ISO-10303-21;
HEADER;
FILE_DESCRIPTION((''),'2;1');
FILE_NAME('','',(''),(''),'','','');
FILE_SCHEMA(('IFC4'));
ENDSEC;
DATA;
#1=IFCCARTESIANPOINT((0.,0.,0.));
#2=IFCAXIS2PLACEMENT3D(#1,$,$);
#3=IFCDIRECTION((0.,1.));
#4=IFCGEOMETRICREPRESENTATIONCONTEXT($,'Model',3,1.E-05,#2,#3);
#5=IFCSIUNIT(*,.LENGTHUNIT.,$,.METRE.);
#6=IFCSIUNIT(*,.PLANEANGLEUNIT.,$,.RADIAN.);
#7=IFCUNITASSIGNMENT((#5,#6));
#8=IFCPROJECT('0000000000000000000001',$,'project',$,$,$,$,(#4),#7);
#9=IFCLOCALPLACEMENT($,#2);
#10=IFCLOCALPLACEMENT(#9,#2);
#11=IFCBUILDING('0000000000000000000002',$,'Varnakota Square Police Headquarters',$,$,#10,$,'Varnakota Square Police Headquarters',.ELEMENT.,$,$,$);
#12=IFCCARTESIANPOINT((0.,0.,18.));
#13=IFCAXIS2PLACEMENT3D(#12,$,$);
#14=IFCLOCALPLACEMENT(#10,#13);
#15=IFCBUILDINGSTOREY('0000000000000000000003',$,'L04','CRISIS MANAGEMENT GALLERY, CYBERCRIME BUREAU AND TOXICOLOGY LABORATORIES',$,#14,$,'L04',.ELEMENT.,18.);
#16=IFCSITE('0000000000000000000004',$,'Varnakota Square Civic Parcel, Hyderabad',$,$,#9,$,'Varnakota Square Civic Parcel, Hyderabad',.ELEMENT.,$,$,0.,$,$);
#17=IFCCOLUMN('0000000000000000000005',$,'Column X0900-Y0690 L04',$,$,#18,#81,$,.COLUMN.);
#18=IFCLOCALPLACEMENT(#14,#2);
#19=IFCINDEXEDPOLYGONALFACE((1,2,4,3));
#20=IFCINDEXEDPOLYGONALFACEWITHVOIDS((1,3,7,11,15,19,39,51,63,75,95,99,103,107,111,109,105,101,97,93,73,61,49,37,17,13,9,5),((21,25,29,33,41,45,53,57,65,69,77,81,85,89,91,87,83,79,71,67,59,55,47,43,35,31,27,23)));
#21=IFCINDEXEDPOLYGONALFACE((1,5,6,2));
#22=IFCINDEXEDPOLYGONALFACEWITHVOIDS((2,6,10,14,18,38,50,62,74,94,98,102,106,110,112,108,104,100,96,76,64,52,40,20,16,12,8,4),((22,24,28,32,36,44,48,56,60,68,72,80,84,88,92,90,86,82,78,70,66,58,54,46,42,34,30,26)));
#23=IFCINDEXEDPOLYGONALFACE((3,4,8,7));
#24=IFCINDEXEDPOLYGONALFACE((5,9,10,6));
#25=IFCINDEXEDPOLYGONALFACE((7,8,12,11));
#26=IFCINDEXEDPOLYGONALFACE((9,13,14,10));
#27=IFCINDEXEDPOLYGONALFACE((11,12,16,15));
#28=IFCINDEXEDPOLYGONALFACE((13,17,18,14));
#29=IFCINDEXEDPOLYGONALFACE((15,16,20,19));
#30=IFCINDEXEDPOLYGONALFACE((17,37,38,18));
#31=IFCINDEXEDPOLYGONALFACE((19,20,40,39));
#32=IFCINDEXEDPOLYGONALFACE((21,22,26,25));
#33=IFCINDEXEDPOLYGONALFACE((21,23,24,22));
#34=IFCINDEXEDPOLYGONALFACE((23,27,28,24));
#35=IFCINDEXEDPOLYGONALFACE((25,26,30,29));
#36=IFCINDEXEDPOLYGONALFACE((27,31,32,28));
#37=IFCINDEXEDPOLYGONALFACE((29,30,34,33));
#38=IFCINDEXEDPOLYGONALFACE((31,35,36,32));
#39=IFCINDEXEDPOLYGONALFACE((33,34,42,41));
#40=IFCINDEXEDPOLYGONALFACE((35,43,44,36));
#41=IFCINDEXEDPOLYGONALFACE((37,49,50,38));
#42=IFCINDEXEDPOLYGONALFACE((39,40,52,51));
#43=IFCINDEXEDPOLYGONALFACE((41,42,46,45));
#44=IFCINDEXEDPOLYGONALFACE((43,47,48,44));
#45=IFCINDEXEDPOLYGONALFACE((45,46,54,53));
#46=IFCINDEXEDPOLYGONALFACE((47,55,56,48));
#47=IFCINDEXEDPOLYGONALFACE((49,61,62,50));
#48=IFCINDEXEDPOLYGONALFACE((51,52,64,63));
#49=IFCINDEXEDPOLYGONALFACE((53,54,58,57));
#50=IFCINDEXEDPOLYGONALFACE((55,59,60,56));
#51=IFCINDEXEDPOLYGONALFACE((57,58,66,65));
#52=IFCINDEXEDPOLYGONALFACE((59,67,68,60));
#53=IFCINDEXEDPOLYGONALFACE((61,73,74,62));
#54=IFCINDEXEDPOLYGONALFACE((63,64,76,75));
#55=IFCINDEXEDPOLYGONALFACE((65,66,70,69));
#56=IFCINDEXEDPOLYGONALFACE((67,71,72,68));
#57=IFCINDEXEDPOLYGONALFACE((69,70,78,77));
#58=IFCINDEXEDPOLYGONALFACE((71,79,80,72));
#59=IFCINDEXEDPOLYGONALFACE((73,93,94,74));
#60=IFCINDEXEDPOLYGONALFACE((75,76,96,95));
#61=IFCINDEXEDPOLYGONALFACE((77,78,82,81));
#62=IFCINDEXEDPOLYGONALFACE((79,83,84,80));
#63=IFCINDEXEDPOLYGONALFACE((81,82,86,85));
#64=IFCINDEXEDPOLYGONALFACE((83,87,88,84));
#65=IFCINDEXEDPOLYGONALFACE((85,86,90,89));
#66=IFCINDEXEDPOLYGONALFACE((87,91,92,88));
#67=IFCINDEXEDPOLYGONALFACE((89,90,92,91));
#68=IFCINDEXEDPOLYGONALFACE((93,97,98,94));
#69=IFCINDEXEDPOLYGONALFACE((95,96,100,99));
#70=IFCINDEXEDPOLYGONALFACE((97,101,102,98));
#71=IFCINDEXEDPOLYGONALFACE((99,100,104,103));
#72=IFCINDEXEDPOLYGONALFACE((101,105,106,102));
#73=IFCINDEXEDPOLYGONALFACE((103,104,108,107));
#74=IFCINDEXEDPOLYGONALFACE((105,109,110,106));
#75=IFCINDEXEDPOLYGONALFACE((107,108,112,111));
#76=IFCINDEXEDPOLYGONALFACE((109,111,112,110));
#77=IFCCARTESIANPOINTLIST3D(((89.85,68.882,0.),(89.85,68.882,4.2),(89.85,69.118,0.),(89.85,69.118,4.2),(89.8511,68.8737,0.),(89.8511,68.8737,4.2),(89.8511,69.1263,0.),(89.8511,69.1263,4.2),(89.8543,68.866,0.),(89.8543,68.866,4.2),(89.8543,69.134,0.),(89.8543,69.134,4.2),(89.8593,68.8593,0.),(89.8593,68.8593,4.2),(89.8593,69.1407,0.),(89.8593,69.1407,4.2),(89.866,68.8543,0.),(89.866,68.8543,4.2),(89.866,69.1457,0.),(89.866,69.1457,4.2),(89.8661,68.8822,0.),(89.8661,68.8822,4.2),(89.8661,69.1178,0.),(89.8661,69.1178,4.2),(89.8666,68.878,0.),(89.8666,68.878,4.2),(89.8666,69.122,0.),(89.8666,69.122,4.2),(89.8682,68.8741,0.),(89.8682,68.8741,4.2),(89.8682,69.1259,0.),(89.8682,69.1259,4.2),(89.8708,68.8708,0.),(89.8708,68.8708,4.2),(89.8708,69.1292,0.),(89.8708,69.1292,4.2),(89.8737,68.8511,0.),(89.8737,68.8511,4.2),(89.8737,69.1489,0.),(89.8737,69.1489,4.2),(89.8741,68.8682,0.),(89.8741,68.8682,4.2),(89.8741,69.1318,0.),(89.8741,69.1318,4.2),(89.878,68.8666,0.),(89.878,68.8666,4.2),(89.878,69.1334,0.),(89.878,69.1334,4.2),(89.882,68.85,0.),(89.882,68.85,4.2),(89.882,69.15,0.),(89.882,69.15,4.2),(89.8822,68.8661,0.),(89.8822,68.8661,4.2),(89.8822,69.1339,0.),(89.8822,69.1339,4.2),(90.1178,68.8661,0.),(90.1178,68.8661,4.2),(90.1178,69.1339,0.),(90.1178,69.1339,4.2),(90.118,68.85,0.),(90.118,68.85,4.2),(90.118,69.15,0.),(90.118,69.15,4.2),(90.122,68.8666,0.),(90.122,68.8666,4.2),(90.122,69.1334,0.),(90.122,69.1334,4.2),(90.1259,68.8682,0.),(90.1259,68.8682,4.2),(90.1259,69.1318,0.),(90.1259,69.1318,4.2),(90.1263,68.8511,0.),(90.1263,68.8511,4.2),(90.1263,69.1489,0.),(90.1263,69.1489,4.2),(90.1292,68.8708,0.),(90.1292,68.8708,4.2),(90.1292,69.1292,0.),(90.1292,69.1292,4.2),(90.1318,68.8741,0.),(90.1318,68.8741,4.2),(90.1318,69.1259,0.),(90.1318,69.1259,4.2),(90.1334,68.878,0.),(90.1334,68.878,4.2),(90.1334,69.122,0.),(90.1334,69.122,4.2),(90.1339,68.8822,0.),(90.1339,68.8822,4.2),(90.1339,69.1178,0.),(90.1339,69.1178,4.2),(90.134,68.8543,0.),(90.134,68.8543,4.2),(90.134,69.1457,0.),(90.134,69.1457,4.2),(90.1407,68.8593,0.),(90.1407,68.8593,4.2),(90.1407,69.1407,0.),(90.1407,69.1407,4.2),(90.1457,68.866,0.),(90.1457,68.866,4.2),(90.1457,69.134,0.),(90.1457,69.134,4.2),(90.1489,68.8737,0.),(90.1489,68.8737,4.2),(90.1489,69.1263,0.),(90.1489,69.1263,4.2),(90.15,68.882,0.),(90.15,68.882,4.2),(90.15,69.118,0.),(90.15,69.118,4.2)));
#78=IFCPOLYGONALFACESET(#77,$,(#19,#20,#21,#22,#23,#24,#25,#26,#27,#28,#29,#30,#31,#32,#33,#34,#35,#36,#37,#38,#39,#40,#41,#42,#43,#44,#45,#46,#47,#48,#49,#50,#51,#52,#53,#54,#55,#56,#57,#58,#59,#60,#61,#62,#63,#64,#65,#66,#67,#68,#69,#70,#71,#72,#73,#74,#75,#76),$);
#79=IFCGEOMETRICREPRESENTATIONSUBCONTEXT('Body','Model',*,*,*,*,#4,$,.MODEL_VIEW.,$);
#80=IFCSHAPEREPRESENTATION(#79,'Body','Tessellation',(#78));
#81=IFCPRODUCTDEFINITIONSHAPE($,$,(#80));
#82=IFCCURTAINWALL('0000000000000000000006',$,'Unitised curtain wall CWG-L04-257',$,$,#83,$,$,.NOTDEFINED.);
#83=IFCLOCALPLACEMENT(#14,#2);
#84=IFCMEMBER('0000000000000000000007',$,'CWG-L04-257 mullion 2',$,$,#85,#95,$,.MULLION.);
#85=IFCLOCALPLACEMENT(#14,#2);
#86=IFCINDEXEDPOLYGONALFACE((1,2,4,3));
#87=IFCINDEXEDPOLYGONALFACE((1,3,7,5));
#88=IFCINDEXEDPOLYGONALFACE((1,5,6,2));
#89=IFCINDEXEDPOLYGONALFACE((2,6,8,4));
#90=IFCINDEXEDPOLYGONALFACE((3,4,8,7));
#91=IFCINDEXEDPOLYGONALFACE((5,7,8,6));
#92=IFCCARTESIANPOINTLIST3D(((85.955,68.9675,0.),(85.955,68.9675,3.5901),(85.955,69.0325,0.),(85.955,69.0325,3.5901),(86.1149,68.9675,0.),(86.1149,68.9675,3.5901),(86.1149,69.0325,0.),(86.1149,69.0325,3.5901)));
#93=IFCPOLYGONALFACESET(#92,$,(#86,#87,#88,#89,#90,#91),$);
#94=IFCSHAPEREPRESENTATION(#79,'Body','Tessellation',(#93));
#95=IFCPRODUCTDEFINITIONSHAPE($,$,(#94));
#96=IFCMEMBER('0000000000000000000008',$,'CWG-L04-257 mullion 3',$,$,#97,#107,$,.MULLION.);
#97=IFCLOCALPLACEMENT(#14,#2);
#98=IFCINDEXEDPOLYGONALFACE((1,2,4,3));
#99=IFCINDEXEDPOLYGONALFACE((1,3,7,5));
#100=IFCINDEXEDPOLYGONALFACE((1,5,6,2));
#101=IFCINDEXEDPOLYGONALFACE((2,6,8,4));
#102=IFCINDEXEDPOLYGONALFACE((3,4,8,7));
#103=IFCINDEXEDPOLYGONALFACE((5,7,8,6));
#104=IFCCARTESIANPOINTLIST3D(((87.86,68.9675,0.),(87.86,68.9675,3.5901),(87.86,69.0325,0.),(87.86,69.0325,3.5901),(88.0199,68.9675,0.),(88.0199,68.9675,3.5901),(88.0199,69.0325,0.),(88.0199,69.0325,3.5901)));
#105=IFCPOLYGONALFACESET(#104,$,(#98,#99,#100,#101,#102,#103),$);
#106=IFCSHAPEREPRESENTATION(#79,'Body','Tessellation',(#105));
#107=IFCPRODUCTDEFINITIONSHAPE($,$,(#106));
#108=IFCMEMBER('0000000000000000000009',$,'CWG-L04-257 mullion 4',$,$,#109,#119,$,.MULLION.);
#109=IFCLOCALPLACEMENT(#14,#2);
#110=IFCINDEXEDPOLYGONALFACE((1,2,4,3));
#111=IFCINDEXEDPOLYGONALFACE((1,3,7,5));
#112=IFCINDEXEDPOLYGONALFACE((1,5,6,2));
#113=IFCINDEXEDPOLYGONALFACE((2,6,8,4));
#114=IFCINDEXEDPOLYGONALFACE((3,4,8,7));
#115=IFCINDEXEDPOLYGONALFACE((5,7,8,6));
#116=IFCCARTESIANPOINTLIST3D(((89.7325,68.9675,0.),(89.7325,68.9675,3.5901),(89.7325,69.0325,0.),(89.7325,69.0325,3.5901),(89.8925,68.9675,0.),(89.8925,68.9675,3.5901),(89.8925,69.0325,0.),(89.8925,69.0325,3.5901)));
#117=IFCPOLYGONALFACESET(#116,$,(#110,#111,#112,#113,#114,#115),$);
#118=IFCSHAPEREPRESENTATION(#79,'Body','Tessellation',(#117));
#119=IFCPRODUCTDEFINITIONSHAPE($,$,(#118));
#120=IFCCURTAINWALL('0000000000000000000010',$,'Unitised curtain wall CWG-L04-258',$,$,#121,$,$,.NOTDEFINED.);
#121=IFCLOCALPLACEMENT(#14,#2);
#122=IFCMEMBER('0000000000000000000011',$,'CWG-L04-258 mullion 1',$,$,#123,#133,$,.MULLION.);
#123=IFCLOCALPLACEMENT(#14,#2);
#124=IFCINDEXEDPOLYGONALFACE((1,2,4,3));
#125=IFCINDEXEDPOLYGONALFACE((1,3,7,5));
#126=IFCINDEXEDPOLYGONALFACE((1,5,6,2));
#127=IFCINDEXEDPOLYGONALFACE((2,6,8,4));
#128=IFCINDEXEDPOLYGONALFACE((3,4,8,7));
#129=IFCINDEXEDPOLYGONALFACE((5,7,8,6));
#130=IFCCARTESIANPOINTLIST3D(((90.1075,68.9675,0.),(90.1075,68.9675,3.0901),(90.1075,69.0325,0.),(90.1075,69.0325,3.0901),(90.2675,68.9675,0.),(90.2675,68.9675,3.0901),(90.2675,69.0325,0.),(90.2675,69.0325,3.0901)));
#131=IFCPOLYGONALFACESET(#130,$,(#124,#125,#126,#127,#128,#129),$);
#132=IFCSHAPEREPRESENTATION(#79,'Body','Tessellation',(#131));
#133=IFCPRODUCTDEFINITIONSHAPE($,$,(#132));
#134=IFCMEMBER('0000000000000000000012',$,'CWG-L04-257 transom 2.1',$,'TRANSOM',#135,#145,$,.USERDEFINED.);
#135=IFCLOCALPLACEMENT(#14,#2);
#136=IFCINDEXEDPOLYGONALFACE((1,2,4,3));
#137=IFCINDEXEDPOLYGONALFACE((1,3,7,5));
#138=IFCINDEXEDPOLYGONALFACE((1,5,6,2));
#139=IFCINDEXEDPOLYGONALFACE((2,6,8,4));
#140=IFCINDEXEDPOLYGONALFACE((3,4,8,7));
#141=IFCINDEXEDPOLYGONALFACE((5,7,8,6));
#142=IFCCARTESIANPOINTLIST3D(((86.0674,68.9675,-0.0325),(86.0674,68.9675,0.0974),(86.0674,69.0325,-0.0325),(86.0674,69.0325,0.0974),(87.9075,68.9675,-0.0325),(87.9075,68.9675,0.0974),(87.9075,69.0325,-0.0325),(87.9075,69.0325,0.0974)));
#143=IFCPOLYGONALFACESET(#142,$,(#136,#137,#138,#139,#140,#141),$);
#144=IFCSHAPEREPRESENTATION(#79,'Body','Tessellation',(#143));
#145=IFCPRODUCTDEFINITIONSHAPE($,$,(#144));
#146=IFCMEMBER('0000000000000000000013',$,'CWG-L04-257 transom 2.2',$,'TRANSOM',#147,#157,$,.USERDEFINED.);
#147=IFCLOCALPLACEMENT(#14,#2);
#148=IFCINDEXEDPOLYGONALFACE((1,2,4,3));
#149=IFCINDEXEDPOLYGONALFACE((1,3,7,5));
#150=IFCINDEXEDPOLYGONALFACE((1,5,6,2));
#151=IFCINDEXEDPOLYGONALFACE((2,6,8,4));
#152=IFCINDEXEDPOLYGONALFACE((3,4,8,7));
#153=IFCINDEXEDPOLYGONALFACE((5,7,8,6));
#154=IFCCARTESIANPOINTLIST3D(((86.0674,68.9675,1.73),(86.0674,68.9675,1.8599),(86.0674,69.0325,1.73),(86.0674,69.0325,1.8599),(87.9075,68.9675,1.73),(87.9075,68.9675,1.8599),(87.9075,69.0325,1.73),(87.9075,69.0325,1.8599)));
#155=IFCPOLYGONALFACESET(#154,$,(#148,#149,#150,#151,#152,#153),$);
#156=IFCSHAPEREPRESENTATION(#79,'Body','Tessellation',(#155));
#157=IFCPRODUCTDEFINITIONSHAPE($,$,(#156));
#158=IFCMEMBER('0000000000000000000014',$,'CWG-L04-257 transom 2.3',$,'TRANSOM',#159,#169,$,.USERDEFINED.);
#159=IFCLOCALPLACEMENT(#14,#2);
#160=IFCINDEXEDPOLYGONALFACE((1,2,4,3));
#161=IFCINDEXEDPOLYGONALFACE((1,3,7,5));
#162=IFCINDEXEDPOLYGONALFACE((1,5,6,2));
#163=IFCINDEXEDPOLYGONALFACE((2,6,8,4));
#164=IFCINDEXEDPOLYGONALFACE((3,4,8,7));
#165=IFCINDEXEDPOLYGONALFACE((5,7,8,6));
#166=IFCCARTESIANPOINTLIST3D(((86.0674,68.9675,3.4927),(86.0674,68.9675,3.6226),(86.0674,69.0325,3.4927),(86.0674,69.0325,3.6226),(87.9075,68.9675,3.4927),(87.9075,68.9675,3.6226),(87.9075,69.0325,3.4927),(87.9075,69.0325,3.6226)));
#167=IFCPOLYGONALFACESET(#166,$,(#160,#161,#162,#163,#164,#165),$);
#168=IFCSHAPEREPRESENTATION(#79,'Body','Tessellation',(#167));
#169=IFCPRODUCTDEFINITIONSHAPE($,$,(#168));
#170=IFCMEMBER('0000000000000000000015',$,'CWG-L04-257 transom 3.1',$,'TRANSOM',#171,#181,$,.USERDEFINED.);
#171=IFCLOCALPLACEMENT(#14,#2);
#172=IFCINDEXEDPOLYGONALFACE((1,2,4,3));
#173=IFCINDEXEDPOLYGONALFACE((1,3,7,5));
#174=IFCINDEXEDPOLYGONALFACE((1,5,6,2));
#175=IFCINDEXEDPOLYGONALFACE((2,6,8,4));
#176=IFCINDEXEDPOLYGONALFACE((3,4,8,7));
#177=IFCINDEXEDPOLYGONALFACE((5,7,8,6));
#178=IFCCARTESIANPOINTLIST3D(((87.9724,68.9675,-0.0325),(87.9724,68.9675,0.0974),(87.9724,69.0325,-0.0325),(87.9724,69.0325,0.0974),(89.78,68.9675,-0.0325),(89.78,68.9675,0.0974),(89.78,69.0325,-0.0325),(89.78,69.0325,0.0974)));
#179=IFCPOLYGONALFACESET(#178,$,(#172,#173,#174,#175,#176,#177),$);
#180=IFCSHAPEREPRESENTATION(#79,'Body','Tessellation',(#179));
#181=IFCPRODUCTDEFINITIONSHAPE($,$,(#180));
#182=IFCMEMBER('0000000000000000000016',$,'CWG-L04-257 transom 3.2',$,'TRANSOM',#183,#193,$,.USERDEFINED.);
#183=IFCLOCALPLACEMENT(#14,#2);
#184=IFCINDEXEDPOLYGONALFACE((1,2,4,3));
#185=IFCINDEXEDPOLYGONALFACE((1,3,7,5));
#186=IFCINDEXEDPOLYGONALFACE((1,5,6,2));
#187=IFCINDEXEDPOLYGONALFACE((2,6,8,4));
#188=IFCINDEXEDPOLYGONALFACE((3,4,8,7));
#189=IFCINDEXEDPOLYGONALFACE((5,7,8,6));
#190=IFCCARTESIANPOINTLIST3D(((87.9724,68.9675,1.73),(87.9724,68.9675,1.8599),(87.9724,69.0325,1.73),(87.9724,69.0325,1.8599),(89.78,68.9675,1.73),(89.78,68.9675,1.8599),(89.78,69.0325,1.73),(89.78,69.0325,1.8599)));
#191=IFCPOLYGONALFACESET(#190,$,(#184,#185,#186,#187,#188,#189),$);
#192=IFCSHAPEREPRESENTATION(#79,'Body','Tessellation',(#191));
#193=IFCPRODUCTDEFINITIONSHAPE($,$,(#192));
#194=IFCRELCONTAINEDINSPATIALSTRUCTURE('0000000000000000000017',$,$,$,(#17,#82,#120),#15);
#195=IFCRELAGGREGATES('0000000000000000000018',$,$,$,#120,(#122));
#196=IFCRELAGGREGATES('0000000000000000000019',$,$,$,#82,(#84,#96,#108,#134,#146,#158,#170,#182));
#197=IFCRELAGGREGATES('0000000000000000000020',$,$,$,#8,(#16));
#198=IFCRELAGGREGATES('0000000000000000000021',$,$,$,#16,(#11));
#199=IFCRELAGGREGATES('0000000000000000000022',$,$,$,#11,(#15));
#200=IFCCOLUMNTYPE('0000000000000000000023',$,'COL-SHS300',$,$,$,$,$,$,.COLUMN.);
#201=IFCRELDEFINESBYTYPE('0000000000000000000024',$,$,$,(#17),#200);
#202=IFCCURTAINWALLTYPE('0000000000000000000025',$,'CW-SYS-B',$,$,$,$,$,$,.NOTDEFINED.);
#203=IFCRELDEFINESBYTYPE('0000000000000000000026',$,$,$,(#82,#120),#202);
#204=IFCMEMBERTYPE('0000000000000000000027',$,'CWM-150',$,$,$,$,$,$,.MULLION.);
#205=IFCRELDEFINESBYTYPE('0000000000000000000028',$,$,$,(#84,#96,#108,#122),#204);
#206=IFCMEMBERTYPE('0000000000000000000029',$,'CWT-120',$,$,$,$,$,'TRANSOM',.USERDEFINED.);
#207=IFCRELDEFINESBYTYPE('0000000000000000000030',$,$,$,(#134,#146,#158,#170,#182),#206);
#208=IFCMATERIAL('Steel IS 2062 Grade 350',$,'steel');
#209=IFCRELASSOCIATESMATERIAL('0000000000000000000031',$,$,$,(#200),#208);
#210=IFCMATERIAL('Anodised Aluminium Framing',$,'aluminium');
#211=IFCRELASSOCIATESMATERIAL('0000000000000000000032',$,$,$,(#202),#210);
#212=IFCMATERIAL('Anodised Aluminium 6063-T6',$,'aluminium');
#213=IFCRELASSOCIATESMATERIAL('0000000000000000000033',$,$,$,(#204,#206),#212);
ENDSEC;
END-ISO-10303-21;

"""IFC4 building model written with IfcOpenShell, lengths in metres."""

from ifc_helpers import new_model, si_unit, direction, frame, origin, origin_2d, place, context, subcontext, project, spatial, rectangle, hollow_rectangle, extrude, material, material_profile, profile_set, type_object, element, aggregate, save


model = new_model("IFC4")

# Units and contexts
model_context = context("Model", 3, precision=1e-05, world=origin(), true_north=direction((0.0, 1.0)))
body_context = subcontext(model_context, "Body", "Model", "MODEL_VIEW")
ifc_project = project(units=[si_unit("LENGTHUNIT", "METRE"), si_unit("PLANEANGLEUNIT", "RADIAN")], contexts=[model_context])

# Site, building, storey
site_placement = place(None, origin())
site = spatial("IfcSite", under=ifc_project, at=site_placement, Name="Varnakota Square Civic Parcel, Hyderabad", LongName="Varnakota Square Civic Parcel, Hyderabad", CompositionType="ELEMENT", RefElevation=0.0)
building_placement = place(site_placement, origin())
building = spatial("IfcBuilding", under=site, at=building_placement, Name="Varnakota Square Police Headquarters", LongName="Varnakota Square Police Headquarters", CompositionType="ELEMENT")
storey_placement = place(building_placement, frame((0.0, 0.0, 18.0)))
storey = spatial("IfcBuildingStorey", under=building, at=storey_placement, Name="L04", Description="CRISIS MANAGEMENT GALLERY, CYBERCRIME BUREAU AND TOXICOLOGY LABORATORIES", LongName="L04", CompositionType="ELEMENT", Elevation=18.0)

# Column
ifc_material_1 = material(Name="Steel IS 2062 Grade 350", Category="steel")
ifc_material_profile_1 = material_profile(ifc_material_1, hollow_rectangle(XDim=0.3, YDim=0.3, WallThickness=0.0161, InnerFilletRadius=0.0161, OuterFilletRadius=0.032, at=origin_2d()), Name="SHS 300x300x16")
ifc_profile_set_1 = profile_set([ifc_material_profile_1], Name="Steel IS 2062 Grade 350")
column_type = type_object("IfcColumnType", Name="COL-SHS300", PredefinedType="COLUMN", material=ifc_profile_set_1)
column_placement = place(storey_placement, frame((90.0, 69.0, 0.0), z_axis=(0.0, 0.0, 1.0), x_axis=(1.0, 0.0, 0.0)))
element("IfcColumn", 1, at=column_placement, inside=storey, type_object=column_type, Name="Column X0900-Y0690 L04", PredefinedType="COLUMN", context=body_context, shape_type="SweptSolid", body=[
    extrude(hollow_rectangle(XDim=0.3, YDim=0.3, WallThickness=0.0161, InnerFilletRadius=0.0161, OuterFilletRadius=0.032, at=origin_2d()), origin(), (0.0, 0.0, 1.0), 4.2),
])

# Curtain wall, members
ifc_material_2 = material(Name="Anodised Aluminium Framing", Category="aluminium")
curtain_wall_type = type_object("IfcCurtainWallType", Name="CW-SYS-B", PredefinedType="NOTDEFINED", material=ifc_material_2)
curtain_wall_1_placement = place(storey_placement, origin())
curtain_wall_1 = element("IfcCurtainWall", 2, at=curtain_wall_1_placement, inside=storey, type_object=curtain_wall_type, Name="Unitised curtain wall CWG-L04-257", PredefinedType="NOTDEFINED")
ifc_material_3 = material(Name="Anodised Aluminium 6063-T6", Category="aluminium")
ifc_material_profile_2 = material_profile(ifc_material_3, rectangle(XDim=0.0649, YDim=0.1599, at=origin_2d()), Name="ALU MULLION 65x160")
ifc_profile_set_2 = profile_set([ifc_material_profile_2], Name="Anodised Aluminium 6063-T6")
member_type_1 = type_object("IfcMemberType", Name="CWM-150", PredefinedType="MULLION", material=ifc_profile_set_2)
member_1_placement = place(storey_placement, frame((86.0349, 69.0, 0.0), z_axis=(0.0, 0.0, 1.0), x_axis=(0.0, 1.0, 0.0)))
member_1 = element("IfcMember", 3, at=member_1_placement, type_object=member_type_1, Name="CWG-L04-257 mullion 2", PredefinedType="MULLION", context=body_context, shape_type="SweptSolid", body=[
    extrude(rectangle(XDim=0.0649, YDim=0.1599, at=origin_2d()), origin(), (0.0, 0.0, 1.0), 3.5901),
])
member_2_placement = place(storey_placement, frame((87.9399, 69.0, 0.0), z_axis=(0.0, 0.0, 1.0), x_axis=(0.0, 1.0, 0.0)))
member_2 = element("IfcMember", 4, at=member_2_placement, type_object=member_type_1, Name="CWG-L04-257 mullion 3", PredefinedType="MULLION", context=body_context, shape_type="SweptSolid", body=[
    extrude(rectangle(XDim=0.0649, YDim=0.1599, at=origin_2d()), origin(), (0.0, 0.0, 1.0), 3.5901),
])
member_3_placement = place(storey_placement, frame((89.8125, 69.0, 0.0), z_axis=(0.0, 0.0, 1.0), x_axis=(0.0, 1.0, 0.0)))
member_3 = element("IfcMember", 5, at=member_3_placement, type_object=member_type_1, Name="CWG-L04-257 mullion 4", PredefinedType="MULLION", context=body_context, shape_type="SweptSolid", body=[
    extrude(rectangle(XDim=0.0649, YDim=0.1599, at=origin_2d()), origin(), (0.0, 0.0, 1.0), 3.5901),
])

# Curtain wall, member
curtain_wall_2_placement = place(storey_placement, origin())
curtain_wall_2 = element("IfcCurtainWall", 6, at=curtain_wall_2_placement, inside=storey, type_object=curtain_wall_type, Name="Unitised curtain wall CWG-L04-258", PredefinedType="NOTDEFINED")
member_4_placement = place(storey_placement, frame((90.1875, 69.0, 0.0), z_axis=(0.0, 0.0, 1.0), x_axis=(0.0, 1.0, 0.0)))
member_4 = element("IfcMember", 7, at=member_4_placement, type_object=member_type_1, Name="CWG-L04-258 mullion 1", PredefinedType="MULLION", context=body_context, shape_type="SweptSolid", body=[
    extrude(rectangle(XDim=0.0649, YDim=0.1599, at=origin_2d()), origin(), (0.0, 0.0, 1.0), 3.0901),
])

# Members
ifc_material_profile_3 = material_profile(ifc_material_3, rectangle(XDim=0.0649, YDim=0.1299, at=origin_2d()), Name="ALU TRANSOM 65x130")
ifc_profile_set_3 = profile_set([ifc_material_profile_3], Name="Anodised Aluminium 6063-T6")
member_type_2 = type_object("IfcMemberType", Name="CWT-120", ElementType="TRANSOM", PredefinedType="USERDEFINED", material=ifc_profile_set_3)
member_5_placement = place(storey_placement, frame((86.0674, 69.0, 0.0325), z_axis=(1.0, 0.0, 0.0), x_axis=(0.0, 1.0, 0.0)))
member_5 = element("IfcMember", 8, at=member_5_placement, type_object=member_type_2, Name="CWG-L04-257 transom 2.1", ObjectType="TRANSOM", PredefinedType="USERDEFINED", context=body_context, shape_type="SweptSolid", body=[
    extrude(rectangle(XDim=0.0649, YDim=0.1299, at=origin_2d()), origin(), (0.0, 0.0, 1.0), 1.8401),
])
member_6_placement = place(storey_placement, frame((86.0674, 69.0, 1.7949), z_axis=(1.0, 0.0, 0.0), x_axis=(0.0, 1.0, 0.0)))
member_6 = element("IfcMember", 9, at=member_6_placement, type_object=member_type_2, Name="CWG-L04-257 transom 2.2", ObjectType="TRANSOM", PredefinedType="USERDEFINED", context=body_context, shape_type="SweptSolid", body=[
    extrude(rectangle(XDim=0.0649, YDim=0.1299, at=origin_2d()), origin(), (0.0, 0.0, 1.0), 1.8401),
])
member_7_placement = place(storey_placement, frame((86.0674, 69.0, 3.5576), z_axis=(1.0, 0.0, 0.0), x_axis=(0.0, 1.0, 0.0)))
member_7 = element("IfcMember", 10, at=member_7_placement, type_object=member_type_2, Name="CWG-L04-257 transom 2.3", ObjectType="TRANSOM", PredefinedType="USERDEFINED", context=body_context, shape_type="SweptSolid", body=[
    extrude(rectangle(XDim=0.0649, YDim=0.1299, at=origin_2d()), origin(), (0.0, 0.0, 1.0), 1.8401),
])
member_8_placement = place(storey_placement, frame((87.9724, 69.0, 0.0325), z_axis=(1.0, 0.0, 0.0), x_axis=(0.0, 1.0, 0.0)))
member_8 = element("IfcMember", 11, at=member_8_placement, type_object=member_type_2, Name="CWG-L04-257 transom 3.1", ObjectType="TRANSOM", PredefinedType="USERDEFINED", context=body_context, shape_type="SweptSolid", body=[
    extrude(rectangle(XDim=0.0649, YDim=0.1299, at=origin_2d()), origin(), (0.0, 0.0, 1.0), 1.8076),
])
member_9_placement = place(storey_placement, frame((87.9724, 69.0, 1.7949), z_axis=(1.0, 0.0, 0.0), x_axis=(0.0, 1.0, 0.0)))
member_9 = element("IfcMember", 12, at=member_9_placement, type_object=member_type_2, Name="CWG-L04-257 transom 3.2", ObjectType="TRANSOM", PredefinedType="USERDEFINED", context=body_context, shape_type="SweptSolid", body=[
    extrude(rectangle(XDim=0.0649, YDim=0.1299, at=origin_2d()), origin(), (0.0, 0.0, 1.0), 1.8076),
])
aggregate(curtain_wall_2, [member_4])

aggregate(curtain_wall_1, [member_1, member_2, member_3, member_5, member_6, member_7, member_8, member_9])

save(model, "model.ifc")
